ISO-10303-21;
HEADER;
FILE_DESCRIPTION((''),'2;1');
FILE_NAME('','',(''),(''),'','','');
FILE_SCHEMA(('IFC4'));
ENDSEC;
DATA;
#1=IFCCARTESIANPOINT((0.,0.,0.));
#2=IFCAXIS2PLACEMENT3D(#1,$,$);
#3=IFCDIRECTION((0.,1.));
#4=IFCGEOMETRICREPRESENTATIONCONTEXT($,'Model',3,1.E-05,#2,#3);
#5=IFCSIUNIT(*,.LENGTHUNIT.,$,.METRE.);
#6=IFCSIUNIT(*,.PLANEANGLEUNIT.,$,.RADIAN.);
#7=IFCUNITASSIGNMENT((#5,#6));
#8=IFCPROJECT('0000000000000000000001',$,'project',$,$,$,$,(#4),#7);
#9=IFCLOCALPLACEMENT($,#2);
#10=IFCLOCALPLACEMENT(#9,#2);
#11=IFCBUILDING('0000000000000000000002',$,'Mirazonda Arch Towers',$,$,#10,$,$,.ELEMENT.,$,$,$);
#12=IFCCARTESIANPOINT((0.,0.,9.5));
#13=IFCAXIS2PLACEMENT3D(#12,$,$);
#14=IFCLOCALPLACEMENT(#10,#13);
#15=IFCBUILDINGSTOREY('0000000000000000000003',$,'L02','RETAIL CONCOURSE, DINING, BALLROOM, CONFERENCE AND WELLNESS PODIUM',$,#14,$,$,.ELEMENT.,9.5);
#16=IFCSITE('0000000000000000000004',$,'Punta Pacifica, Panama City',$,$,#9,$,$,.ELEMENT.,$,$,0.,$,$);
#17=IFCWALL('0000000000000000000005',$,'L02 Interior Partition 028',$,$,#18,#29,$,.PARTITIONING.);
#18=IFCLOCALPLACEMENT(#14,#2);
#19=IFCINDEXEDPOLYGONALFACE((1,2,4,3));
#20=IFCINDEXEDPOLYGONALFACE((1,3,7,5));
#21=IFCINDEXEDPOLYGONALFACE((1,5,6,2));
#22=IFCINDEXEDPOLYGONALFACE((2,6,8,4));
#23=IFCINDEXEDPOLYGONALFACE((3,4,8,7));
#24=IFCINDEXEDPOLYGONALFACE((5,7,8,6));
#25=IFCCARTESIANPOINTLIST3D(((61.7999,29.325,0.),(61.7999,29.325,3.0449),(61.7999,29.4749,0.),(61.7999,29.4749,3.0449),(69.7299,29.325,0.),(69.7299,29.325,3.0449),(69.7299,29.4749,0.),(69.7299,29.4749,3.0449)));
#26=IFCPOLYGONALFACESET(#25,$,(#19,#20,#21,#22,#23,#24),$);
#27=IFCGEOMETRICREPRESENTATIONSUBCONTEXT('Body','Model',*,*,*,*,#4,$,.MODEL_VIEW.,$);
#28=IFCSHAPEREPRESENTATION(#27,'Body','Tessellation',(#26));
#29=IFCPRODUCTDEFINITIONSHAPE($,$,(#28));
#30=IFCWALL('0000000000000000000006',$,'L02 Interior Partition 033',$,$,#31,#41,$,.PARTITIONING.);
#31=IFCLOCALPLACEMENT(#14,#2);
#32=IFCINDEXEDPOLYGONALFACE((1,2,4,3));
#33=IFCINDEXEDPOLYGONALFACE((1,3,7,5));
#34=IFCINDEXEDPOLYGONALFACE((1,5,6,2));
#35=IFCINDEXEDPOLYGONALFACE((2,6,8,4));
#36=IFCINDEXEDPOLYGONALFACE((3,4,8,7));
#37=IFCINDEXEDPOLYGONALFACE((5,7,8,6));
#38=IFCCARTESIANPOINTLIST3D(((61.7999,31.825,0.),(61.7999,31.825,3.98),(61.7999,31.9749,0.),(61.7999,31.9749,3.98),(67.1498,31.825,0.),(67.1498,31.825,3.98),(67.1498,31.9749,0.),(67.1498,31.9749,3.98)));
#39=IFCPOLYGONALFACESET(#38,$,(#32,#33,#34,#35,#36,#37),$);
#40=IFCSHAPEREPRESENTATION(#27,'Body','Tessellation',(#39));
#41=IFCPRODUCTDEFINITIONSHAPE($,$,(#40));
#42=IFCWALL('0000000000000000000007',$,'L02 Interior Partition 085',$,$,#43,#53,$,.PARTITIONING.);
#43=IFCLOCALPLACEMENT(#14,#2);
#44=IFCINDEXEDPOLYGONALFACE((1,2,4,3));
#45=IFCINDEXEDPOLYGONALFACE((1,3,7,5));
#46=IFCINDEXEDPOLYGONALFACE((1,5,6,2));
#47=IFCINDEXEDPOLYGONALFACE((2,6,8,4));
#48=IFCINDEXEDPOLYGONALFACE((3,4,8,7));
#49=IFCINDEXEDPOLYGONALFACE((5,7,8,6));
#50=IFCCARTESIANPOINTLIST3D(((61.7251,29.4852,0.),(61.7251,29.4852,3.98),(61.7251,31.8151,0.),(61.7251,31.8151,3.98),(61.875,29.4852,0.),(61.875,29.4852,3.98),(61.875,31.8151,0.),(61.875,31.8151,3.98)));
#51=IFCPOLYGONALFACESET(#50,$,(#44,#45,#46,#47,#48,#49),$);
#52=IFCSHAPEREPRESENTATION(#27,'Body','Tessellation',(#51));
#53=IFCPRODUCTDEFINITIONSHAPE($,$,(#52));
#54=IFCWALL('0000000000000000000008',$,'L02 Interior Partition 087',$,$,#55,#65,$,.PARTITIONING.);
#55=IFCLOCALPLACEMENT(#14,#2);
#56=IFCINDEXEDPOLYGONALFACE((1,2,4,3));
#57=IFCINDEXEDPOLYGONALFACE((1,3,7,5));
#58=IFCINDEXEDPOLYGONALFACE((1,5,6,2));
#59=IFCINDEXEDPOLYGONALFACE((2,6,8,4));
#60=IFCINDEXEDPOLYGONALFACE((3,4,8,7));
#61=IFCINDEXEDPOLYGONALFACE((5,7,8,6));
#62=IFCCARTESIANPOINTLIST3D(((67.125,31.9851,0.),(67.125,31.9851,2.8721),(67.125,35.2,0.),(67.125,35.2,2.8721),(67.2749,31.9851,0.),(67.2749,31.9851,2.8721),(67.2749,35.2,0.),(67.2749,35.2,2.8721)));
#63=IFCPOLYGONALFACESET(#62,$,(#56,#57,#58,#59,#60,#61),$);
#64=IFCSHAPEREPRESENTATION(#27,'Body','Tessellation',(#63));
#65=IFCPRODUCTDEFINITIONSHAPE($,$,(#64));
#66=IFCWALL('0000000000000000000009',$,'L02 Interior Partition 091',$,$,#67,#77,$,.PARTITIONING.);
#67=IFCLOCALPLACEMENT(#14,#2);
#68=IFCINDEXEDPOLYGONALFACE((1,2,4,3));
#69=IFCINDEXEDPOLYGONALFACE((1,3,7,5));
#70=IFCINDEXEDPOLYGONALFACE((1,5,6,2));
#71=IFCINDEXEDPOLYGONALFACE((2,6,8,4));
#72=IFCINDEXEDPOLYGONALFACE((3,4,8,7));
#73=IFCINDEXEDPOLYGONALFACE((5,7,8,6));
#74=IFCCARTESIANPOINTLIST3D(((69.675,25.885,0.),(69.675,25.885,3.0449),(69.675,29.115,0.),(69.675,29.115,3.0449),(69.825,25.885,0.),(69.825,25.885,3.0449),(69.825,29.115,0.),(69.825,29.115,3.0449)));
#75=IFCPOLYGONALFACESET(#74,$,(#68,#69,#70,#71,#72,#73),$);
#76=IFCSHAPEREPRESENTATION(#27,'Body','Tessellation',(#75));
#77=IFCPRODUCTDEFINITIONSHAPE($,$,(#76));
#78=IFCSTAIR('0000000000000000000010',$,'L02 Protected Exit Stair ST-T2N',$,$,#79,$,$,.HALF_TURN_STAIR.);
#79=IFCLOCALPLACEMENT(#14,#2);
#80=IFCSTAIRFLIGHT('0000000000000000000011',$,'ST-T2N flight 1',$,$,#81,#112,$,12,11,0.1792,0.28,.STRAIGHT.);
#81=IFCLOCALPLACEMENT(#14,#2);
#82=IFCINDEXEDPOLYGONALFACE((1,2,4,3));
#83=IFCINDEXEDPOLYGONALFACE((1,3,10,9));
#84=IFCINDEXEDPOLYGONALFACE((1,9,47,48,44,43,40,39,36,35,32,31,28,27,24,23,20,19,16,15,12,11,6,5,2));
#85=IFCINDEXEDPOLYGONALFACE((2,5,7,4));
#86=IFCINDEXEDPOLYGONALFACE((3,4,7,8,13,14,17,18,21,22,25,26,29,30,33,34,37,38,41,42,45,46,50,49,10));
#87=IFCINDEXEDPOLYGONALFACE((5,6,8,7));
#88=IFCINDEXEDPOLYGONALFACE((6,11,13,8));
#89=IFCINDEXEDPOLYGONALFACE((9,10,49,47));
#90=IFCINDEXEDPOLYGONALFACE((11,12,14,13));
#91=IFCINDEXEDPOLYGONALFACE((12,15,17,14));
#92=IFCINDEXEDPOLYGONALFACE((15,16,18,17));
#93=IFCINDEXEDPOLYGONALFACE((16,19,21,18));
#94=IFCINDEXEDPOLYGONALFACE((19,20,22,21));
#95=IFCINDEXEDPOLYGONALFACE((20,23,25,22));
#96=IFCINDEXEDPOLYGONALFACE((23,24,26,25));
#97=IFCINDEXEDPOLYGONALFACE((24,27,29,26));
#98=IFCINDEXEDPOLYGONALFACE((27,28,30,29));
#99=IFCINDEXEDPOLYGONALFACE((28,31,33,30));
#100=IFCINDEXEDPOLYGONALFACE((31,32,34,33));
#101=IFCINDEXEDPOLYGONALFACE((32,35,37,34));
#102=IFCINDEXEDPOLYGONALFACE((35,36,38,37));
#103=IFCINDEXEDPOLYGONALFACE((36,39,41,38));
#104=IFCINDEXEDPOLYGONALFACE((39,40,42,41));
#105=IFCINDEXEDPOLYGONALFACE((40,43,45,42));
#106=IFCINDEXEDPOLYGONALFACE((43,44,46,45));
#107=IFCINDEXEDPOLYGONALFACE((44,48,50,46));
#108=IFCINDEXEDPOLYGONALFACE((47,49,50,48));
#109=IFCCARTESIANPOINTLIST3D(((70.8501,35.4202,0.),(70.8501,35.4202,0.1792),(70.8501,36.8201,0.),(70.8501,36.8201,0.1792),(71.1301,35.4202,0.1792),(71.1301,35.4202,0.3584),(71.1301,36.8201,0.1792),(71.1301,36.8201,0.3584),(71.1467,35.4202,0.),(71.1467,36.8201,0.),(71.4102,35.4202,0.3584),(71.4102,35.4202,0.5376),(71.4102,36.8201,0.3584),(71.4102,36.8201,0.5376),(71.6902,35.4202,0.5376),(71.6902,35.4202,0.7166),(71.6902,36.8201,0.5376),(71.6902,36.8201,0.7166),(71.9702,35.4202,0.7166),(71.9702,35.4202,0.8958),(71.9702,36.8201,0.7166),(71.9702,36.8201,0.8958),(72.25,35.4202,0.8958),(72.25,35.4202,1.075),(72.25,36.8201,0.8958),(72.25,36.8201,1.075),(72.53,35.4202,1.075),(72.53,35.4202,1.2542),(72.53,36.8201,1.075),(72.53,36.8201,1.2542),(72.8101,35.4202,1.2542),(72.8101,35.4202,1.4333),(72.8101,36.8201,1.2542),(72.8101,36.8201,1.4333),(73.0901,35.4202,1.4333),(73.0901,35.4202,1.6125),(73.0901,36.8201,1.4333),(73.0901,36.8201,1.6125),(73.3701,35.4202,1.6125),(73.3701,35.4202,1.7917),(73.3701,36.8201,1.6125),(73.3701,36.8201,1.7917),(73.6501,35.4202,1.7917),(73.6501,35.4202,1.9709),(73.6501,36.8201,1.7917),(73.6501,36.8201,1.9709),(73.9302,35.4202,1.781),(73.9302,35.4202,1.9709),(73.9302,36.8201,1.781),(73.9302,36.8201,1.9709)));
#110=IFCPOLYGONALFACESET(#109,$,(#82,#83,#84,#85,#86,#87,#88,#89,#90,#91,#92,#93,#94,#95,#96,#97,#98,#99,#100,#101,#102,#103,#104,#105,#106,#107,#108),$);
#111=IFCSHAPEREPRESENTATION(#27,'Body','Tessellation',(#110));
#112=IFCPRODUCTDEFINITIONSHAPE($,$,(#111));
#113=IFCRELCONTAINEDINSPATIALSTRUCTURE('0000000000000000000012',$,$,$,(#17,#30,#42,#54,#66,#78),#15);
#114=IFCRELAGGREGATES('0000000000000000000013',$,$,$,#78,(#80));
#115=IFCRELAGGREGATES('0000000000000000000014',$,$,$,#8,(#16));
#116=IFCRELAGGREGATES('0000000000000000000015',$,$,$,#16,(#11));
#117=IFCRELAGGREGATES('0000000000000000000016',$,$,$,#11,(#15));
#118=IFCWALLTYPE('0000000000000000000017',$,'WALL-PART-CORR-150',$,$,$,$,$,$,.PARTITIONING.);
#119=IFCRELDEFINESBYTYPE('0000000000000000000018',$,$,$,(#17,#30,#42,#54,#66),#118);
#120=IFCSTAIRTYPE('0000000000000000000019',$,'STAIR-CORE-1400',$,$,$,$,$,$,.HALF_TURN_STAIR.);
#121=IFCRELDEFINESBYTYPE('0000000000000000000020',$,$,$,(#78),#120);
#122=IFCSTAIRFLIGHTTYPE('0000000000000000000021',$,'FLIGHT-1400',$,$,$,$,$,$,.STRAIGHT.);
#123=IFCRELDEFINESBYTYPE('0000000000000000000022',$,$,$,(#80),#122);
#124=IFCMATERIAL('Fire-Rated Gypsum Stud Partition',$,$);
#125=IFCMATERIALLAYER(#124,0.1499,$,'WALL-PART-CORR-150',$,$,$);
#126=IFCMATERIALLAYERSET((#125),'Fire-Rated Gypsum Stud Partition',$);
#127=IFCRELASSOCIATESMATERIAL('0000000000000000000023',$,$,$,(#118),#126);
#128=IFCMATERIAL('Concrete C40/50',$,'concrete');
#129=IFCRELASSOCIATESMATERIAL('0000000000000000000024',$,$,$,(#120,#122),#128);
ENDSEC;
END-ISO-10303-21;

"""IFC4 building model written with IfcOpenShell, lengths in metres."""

from ifc_helpers import new_model, si_unit, direction, frame, frame_2d, origin, place, context, subcontext, project, spatial, polyline, rectangle, outline, extrude, material, layer, layer_set, type_object, element, aggregate, save


model = new_model("IFC4")

# Units and contexts
model_context = context("Model", 3, precision=1e-05, world=origin(), true_north=direction((0.0, 1.0)))
body_context = subcontext(model_context, "Body", "Model", "MODEL_VIEW")
ifc_project = project(units=[si_unit("LENGTHUNIT", "METRE"), si_unit("PLANEANGLEUNIT", "RADIAN")], contexts=[model_context])

# Site, building, storey
site_placement = place(None, origin())
site = spatial("IfcSite", under=ifc_project, at=site_placement, Name="Punta Pacifica, Panama City", CompositionType="ELEMENT", RefElevation=0.0)
building_placement = place(site_placement, origin())
building = spatial("IfcBuilding", under=site, at=building_placement, Name="Mirazonda Arch Towers", CompositionType="ELEMENT")
storey_placement = place(building_placement, frame((0.0, 0.0, 9.5)))
storey = spatial("IfcBuildingStorey", under=building, at=storey_placement, Name="L02", Description="RETAIL CONCOURSE, DINING, BALLROOM, CONFERENCE AND WELLNESS PODIUM", CompositionType="ELEMENT", Elevation=9.5)

# Walls
ifc_material_1 = material(Name="Fire-Rated Gypsum Stud Partition")
ifc_layer_1 = layer(ifc_material_1, 0.1499, Name="WALL-PART-CORR-150")
ifc_layer_set_1 = layer_set([ifc_layer_1], Name="Fire-Rated Gypsum Stud Partition")
wall_type_1 = type_object("IfcWallType", Name="WALL-PART-CORR-150", PredefinedType="PARTITIONING", material=ifc_layer_set_1)
wall_1_placement = place(storey_placement, frame((61.8, 29.3999, 0.0), z_axis=(0.0, 0.0, 1.0), x_axis=(1.0, 0.0, 0.0)))
element("IfcWall", 1, at=wall_1_placement, inside=storey, type_object=wall_type_1, Name="L02 Interior Partition 028", PredefinedType="PARTITIONING", context=body_context, shape_type="SweptSolid", body=[
    extrude(rectangle(XDim=7.9299, YDim=0.1499, at=frame_2d((3.9648, 0.0))), origin(), (0.0, 0.0, 1.0), 3.0449),
])
wall_2_placement = place(storey_placement, frame((61.8, 31.8999, 0.0), z_axis=(0.0, 0.0, 1.0), x_axis=(1.0, 0.0, 0.0)))
element("IfcWall", 2, at=wall_2_placement, inside=storey, type_object=wall_type_1, Name="L02 Interior Partition 033", PredefinedType="PARTITIONING", context=body_context, shape_type="SweptSolid", body=[
    extrude(rectangle(XDim=5.3499, YDim=0.1499, at=frame_2d((2.6748, 0.0))), origin(), (0.0, 0.0, 1.0), 3.98),
])
wall_3_placement = place(storey_placement, frame((61.8, 29.4851, 0.0), z_axis=(0.0, 0.0, 1.0), x_axis=(0.0, 1.0, 0.0)))
element("IfcWall", 3, at=wall_3_placement, inside=storey, type_object=wall_type_1, Name="L02 Interior Partition 085", PredefinedType="PARTITIONING", context=body_context, shape_type="SweptSolid", body=[
    extrude(rectangle(XDim=2.3298, YDim=0.1499, at=frame_2d((1.165, 0.0))), origin(), (0.0, 0.0, 1.0), 3.98),
])
wall_4_placement = place(storey_placement, frame((67.2, 31.9851, 0.0), z_axis=(0.0, 0.0, 1.0), x_axis=(0.0, 1.0, 0.0)))
element("IfcWall", 4, at=wall_4_placement, inside=storey, type_object=wall_type_1, Name="L02 Interior Partition 087", PredefinedType="PARTITIONING", context=body_context, shape_type="SweptSolid", body=[
    extrude(rectangle(XDim=3.2148, YDim=0.1499, at=frame_2d((1.6074, 0.0))), origin(), (0.0, 0.0, 1.0), 2.8721),
])
wall_5_placement = place(storey_placement, frame((69.75, 25.885, 0.0), z_axis=(0.0, 0.0, 1.0), x_axis=(0.0, 1.0, 0.0)))
element("IfcWall", 5, at=wall_5_placement, inside=storey, type_object=wall_type_1, Name="L02 Interior Partition 091", PredefinedType="PARTITIONING", context=body_context, shape_type="SweptSolid", body=[
    extrude(rectangle(XDim=3.23, YDim=0.1499, at=frame_2d((1.615, 0.0))), origin(), (0.0, 0.0, 1.0), 3.0449),
])

# Stair, stair flight
ifc_material_2 = material(Name="Concrete C40/50", Category="concrete")
stair_type = type_object("IfcStairType", Name="STAIR-CORE-1400", PredefinedType="HALF_TURN_STAIR", material=ifc_material_2)
stair_placement = place(storey_placement, origin())
stair = element("IfcStair", 6, at=stair_placement, inside=storey, type_object=stair_type, Name="L02 Protected Exit Stair ST-T2N", PredefinedType="HALF_TURN_STAIR")
stair_flight_type = type_object("IfcStairFlightType", Name="FLIGHT-1400", PredefinedType="STRAIGHT", material=ifc_material_2)
stair_flight_placement = place(storey_placement, frame((70.8501, 36.1201, 0.0), z_axis=(0.0, 0.0, 1.0), x_axis=(1.0, 0.0, 0.0)))
stair_flight = element("IfcStairFlight", 7, at=stair_flight_placement, type_object=stair_flight_type, Name="ST-T2N flight 1", NumberOfRisers=12, NumberOfTreads=11, PredefinedType="STRAIGHT", RiserHeight=0.1792, TreadLength=0.28, context=body_context, shape_type="SweptSolid", body=[
    extrude(outline(polyline([(0.0, 0.0), (0.0, 0.1792), (0.28, 0.1792), (0.28, 0.3584), (0.5601, 0.3584), (0.5601, 0.5376), (0.8401, 0.5376), (0.8401, 0.7166), (1.1201, 0.7166), (1.1201, 0.8958), (1.3999, 0.8958), (1.3999, 1.075), (1.6799, 1.075), (1.6799, 1.2542), (1.96, 1.2542), (1.96, 1.4333), (2.24, 1.4333), (2.24, 1.6125), (2.52, 1.6125), (2.52, 1.7917), (2.8, 1.7917), (2.8, 1.9709), (3.0801, 1.9709), (3.0801, 2.1499), (3.0801, 1.781), (0.2966, 0.0), (0.0, 0.0)])), frame((0.0, 0.7, 0.0), z_axis=(0.0, -1.0, 0.0), x_axis=(1.0, 0.0, 0.0)), (0.0, 0.0, 1.0), 1.3999),
])
aggregate(stair, [stair_flight])

save(model, "model.ifc")
